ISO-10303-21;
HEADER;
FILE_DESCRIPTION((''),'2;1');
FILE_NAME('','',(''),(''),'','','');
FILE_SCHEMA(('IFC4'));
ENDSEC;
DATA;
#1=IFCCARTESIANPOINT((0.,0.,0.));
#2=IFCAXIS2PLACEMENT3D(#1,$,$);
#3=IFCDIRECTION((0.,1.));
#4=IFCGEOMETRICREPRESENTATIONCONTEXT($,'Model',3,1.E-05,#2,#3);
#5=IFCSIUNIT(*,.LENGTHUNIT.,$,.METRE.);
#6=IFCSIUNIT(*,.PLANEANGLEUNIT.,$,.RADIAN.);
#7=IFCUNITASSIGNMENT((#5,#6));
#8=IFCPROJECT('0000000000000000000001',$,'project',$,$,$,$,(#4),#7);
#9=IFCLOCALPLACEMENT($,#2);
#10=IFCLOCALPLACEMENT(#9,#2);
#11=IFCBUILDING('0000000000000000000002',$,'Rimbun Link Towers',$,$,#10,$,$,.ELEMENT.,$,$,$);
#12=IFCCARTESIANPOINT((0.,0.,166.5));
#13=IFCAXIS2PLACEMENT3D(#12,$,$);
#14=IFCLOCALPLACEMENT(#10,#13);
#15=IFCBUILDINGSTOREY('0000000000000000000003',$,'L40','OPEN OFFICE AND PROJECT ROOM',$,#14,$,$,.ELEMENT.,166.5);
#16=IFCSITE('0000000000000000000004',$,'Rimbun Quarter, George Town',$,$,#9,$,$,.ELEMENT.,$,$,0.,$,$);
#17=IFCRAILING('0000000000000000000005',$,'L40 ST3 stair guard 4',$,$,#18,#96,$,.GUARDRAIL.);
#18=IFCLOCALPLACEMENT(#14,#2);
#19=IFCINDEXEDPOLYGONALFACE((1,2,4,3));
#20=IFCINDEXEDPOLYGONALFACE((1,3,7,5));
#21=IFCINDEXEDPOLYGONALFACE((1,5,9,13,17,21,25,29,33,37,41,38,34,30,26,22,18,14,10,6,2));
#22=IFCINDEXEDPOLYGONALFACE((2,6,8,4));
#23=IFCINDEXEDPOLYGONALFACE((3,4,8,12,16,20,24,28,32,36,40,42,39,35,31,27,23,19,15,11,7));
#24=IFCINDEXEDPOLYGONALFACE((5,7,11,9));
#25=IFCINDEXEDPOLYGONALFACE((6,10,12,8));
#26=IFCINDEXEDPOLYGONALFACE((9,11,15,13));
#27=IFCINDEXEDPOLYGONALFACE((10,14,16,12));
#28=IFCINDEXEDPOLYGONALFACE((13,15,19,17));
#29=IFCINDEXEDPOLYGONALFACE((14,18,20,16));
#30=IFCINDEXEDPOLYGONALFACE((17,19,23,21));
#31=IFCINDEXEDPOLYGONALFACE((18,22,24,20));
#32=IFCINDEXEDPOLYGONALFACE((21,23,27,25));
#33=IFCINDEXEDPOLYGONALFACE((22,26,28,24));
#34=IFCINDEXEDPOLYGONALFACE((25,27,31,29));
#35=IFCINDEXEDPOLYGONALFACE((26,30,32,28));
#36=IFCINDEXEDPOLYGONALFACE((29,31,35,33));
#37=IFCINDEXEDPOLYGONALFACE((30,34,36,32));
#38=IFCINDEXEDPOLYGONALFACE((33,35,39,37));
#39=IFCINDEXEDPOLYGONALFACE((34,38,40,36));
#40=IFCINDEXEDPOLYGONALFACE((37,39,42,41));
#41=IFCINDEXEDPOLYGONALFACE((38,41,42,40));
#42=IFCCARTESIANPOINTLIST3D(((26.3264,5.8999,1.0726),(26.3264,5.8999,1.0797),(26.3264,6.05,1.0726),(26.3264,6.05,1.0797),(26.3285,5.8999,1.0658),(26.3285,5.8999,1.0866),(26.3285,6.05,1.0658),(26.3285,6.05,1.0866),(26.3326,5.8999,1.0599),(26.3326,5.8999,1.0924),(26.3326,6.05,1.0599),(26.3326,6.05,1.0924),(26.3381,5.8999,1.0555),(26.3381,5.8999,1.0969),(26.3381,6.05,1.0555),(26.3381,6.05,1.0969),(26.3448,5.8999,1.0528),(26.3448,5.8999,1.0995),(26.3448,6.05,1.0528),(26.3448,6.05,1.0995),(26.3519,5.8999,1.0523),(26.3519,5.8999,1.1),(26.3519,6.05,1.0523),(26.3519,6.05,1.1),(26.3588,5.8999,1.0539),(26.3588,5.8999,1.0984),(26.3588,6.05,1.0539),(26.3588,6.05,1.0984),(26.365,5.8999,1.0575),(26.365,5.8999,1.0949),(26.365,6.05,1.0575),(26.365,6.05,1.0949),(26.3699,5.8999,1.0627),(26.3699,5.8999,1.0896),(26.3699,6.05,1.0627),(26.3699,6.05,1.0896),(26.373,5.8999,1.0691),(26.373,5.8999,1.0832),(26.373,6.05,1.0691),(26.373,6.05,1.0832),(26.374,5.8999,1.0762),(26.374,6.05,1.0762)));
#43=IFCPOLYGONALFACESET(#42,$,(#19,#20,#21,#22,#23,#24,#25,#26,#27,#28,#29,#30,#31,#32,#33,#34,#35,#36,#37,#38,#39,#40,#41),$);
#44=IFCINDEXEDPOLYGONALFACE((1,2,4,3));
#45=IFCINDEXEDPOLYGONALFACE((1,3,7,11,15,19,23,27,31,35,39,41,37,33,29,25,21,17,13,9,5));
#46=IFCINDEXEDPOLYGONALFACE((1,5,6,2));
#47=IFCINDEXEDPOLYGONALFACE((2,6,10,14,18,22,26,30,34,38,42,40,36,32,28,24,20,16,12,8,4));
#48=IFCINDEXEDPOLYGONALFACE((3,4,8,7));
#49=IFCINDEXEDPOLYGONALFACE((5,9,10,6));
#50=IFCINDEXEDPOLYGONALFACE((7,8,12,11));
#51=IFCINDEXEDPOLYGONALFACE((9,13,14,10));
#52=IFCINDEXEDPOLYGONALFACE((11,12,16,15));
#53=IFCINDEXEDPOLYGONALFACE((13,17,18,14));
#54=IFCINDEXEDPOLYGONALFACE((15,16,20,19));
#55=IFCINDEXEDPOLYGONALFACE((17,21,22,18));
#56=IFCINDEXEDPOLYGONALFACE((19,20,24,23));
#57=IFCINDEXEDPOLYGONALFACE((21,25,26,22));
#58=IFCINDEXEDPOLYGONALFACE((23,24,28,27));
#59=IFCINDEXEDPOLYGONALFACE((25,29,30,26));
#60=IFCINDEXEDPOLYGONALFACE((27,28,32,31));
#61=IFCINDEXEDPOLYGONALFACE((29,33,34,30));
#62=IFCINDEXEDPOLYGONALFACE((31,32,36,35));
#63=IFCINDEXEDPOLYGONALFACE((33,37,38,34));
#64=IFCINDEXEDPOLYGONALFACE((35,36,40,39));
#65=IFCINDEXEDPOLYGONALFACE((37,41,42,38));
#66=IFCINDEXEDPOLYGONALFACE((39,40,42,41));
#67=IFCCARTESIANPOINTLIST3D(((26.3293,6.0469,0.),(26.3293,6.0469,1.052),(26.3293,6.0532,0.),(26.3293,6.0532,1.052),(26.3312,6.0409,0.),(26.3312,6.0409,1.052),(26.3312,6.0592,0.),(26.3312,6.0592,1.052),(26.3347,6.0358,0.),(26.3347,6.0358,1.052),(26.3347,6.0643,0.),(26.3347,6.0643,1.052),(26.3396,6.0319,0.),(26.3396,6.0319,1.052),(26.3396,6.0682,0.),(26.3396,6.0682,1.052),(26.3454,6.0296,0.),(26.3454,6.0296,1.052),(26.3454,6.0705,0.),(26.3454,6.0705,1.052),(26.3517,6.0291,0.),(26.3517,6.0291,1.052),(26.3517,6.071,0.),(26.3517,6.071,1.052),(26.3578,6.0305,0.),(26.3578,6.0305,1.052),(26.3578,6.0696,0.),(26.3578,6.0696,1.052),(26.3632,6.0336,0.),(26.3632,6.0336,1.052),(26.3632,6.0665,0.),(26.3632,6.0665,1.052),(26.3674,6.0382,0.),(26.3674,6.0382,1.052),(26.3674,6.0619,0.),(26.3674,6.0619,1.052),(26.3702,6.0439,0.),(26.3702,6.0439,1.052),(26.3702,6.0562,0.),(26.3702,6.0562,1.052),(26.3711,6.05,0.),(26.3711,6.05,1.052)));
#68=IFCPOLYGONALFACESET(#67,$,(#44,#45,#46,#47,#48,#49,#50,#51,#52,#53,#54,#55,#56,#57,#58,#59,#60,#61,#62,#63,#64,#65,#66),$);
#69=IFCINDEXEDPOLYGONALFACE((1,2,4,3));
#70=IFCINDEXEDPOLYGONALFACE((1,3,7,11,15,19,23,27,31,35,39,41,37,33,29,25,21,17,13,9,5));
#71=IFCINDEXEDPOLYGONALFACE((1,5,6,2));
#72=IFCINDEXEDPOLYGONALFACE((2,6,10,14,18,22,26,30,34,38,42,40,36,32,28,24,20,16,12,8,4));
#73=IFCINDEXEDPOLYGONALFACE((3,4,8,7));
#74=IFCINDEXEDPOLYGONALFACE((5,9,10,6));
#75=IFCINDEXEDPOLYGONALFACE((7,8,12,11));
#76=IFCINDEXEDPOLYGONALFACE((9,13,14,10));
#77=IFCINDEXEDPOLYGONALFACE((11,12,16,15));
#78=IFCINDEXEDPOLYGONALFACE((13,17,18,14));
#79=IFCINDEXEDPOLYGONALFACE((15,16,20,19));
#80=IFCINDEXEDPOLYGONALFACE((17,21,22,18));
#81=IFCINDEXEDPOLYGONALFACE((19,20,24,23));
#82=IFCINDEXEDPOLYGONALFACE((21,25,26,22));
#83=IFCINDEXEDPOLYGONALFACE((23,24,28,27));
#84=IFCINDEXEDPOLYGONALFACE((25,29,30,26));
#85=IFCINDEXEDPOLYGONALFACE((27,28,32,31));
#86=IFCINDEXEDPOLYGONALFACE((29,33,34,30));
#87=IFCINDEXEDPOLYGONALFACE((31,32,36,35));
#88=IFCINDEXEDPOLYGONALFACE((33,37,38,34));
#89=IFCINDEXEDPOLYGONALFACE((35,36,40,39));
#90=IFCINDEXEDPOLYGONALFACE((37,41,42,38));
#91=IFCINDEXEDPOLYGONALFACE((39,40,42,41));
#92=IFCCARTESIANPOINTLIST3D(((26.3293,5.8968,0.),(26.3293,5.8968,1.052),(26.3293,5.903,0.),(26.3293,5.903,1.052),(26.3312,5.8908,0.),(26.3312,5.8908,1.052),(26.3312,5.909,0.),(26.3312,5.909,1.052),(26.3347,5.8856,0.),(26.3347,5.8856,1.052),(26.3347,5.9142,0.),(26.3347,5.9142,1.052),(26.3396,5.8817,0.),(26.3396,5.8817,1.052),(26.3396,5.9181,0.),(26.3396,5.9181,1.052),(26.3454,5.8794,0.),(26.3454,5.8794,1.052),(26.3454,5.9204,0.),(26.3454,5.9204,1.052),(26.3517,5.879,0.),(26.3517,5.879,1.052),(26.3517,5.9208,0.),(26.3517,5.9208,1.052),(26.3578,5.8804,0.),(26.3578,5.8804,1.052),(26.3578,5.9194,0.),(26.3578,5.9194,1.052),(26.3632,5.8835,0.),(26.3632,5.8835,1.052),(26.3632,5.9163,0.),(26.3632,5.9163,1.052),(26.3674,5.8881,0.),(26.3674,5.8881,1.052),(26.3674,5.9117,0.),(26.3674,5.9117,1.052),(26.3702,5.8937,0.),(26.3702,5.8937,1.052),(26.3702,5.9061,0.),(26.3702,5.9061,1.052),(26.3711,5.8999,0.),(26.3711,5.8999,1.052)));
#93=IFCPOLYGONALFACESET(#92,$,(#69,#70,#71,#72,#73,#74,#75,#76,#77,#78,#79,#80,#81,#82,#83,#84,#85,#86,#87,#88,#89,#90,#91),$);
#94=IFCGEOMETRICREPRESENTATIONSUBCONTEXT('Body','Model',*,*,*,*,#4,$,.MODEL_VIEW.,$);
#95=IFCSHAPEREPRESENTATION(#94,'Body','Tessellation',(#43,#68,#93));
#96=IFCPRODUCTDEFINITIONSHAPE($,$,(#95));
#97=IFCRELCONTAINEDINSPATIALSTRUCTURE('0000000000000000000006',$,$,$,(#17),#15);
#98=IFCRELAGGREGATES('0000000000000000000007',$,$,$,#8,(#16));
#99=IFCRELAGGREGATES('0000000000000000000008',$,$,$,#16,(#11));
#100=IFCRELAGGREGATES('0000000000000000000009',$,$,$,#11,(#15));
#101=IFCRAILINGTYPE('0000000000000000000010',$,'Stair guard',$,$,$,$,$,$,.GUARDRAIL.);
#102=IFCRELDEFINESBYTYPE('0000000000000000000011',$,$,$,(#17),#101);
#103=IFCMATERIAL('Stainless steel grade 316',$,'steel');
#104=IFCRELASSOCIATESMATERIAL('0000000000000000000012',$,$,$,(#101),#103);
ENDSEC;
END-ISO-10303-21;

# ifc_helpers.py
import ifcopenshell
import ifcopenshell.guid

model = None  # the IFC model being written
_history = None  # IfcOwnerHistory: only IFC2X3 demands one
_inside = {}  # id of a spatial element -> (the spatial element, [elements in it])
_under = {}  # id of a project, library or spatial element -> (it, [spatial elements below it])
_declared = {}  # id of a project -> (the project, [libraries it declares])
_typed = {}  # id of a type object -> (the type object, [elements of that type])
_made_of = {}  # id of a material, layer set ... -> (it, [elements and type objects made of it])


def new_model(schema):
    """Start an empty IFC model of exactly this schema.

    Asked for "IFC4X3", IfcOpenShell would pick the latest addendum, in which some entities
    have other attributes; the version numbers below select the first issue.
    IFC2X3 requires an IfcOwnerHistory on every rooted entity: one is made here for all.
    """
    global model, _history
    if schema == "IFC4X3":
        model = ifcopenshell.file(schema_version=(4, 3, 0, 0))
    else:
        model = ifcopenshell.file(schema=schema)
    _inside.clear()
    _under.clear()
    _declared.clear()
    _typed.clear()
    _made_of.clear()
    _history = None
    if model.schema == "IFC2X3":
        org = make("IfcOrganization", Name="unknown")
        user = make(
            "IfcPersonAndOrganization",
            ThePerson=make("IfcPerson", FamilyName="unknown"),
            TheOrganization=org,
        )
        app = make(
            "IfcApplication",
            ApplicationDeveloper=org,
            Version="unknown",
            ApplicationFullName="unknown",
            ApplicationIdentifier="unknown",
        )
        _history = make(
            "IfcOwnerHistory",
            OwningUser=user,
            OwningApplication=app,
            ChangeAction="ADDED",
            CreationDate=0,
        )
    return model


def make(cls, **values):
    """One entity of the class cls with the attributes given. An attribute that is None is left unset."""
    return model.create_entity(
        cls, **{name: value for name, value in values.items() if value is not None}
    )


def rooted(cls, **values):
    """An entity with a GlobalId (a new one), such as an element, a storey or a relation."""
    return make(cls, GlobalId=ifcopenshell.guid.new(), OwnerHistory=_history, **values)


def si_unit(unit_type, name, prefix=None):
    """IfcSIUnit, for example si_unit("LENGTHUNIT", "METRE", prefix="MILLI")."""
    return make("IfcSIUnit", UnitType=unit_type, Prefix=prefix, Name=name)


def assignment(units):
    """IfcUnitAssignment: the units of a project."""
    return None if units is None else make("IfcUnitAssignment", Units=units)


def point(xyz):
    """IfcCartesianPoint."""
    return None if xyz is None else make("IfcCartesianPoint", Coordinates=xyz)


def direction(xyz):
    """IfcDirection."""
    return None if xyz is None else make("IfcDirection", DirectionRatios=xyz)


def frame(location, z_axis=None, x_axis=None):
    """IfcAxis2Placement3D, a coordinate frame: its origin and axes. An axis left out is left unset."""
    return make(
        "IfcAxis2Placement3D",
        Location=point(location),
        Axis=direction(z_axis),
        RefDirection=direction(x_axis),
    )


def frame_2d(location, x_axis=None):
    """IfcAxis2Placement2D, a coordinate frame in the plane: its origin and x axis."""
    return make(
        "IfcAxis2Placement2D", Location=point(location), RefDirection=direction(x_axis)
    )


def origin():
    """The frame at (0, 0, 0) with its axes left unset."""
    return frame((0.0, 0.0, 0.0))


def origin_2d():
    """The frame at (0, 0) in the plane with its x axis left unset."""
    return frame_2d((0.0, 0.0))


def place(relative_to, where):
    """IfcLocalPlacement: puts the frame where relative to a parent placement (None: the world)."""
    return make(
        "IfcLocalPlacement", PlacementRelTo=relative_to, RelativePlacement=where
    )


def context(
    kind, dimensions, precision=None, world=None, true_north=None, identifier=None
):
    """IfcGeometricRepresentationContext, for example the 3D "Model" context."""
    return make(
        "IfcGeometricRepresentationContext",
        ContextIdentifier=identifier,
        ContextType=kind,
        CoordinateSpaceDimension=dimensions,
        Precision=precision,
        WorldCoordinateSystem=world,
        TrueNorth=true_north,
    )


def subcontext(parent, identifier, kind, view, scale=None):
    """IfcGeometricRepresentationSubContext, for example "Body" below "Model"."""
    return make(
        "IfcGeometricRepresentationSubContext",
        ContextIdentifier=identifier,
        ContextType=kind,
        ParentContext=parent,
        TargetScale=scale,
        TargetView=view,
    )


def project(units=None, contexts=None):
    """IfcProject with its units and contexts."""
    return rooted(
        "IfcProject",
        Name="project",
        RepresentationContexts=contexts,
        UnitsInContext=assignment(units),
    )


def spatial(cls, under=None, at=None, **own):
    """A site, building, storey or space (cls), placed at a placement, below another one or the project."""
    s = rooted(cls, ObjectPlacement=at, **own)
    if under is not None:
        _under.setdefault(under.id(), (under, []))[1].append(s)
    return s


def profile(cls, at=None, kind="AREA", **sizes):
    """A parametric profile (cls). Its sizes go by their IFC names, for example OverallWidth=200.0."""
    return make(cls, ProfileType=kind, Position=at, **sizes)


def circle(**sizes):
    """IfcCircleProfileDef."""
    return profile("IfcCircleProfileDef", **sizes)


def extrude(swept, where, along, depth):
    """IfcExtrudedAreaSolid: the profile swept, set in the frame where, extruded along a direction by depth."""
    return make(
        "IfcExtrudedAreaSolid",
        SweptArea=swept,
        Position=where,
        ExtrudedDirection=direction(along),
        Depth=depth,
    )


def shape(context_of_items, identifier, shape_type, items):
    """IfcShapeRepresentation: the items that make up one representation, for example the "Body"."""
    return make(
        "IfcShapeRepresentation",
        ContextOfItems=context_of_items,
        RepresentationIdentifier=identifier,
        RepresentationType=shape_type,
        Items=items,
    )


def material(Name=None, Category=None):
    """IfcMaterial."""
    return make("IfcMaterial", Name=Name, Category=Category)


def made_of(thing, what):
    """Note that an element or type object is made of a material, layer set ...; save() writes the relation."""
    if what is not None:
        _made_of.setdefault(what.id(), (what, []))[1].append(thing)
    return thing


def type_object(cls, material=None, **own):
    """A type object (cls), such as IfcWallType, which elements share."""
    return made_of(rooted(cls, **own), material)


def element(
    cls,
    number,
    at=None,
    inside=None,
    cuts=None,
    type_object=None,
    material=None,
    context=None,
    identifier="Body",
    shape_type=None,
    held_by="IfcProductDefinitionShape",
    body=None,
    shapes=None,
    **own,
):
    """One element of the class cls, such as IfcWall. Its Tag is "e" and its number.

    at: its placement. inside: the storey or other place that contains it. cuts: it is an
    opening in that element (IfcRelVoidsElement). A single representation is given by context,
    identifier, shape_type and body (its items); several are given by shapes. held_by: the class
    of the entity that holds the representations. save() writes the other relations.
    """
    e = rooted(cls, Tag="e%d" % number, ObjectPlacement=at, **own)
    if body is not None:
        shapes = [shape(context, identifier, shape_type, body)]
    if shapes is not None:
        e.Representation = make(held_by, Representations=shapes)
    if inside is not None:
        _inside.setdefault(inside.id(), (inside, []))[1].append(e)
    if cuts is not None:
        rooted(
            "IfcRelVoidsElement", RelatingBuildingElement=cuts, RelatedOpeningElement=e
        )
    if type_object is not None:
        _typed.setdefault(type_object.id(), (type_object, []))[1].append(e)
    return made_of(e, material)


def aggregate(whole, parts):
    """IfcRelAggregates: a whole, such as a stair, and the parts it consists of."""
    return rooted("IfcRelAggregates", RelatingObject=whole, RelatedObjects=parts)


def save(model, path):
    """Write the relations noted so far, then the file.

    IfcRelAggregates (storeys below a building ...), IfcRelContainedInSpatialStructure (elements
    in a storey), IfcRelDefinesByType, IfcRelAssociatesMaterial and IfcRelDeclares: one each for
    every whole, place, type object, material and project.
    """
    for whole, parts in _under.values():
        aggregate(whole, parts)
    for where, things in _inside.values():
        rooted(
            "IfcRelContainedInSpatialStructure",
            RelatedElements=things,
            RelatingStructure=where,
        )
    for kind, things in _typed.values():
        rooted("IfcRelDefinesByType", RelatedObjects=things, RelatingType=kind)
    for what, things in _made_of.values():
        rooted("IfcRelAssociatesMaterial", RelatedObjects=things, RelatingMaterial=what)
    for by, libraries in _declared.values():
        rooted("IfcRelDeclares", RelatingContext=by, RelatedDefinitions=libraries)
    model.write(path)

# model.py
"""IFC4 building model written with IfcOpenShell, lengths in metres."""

from ifc_helpers import new_model, si_unit, direction, frame, origin, origin_2d, place, context, subcontext, project, spatial, circle, extrude, material, type_object, element, save


model = new_model("IFC4")

# Units and contexts
model_context = context("Model", 3, precision=1e-05, world=origin(), true_north=direction((0.0, 1.0)))
body_context = subcontext(model_context, "Body", "Model", "MODEL_VIEW")
ifc_project = project(units=[si_unit("LENGTHUNIT", "METRE"), si_unit("PLANEANGLEUNIT", "RADIAN")], contexts=[model_context])

# Site, building, storey
site_placement = place(None, origin())
site = spatial("IfcSite", under=ifc_project, at=site_placement, Name="Rimbun Quarter, George Town", CompositionType="ELEMENT", RefElevation=0.0)
building_placement = place(site_placement, origin())
building = spatial("IfcBuilding", under=site, at=building_placement, Name="Rimbun Link Towers", CompositionType="ELEMENT")
storey_placement = place(building_placement, frame((0.0, 0.0, 166.5)))
storey = spatial("IfcBuildingStorey", under=building, at=storey_placement, Name="L40", Description="OPEN OFFICE AND PROJECT ROOM", CompositionType="ELEMENT", Elevation=166.5)

# Railing
ifc_material_1 = material(Name="Stainless steel grade 316", Category="steel")
railing_type_1 = type_object("IfcRailingType", Name="Stair guard", PredefinedType="GUARDRAIL", material=ifc_material_1)
railing_1_placement = place(storey_placement, frame((26.3501, 6.05, 0.0)))
element("IfcRailing", 1, at=railing_1_placement, inside=storey, type_object=railing_type_1, Name="L40 ST3 stair guard 4", PredefinedType="GUARDRAIL", context=body_context, shape_type="SweptSolid", body=[
    extrude(circle(Radius=0.0239, at=origin_2d()), frame((0.0, 0.0, 1.0762), z_axis=(0.0, -1.0, 0.0), x_axis=(1.0, 0.0, 0.0)), (0.0, 0.0, 1.0), 0.1501),
    extrude(circle(Radius=0.021, at=origin_2d()), origin(), (0.0, 0.0, 1.0), 1.052),
    extrude(circle(Radius=0.021, at=origin_2d()), frame((0.0, -0.1501, 0.0)), (0.0, 0.0, 1.0), 1.052),
])

save(model, "model.ifc")
